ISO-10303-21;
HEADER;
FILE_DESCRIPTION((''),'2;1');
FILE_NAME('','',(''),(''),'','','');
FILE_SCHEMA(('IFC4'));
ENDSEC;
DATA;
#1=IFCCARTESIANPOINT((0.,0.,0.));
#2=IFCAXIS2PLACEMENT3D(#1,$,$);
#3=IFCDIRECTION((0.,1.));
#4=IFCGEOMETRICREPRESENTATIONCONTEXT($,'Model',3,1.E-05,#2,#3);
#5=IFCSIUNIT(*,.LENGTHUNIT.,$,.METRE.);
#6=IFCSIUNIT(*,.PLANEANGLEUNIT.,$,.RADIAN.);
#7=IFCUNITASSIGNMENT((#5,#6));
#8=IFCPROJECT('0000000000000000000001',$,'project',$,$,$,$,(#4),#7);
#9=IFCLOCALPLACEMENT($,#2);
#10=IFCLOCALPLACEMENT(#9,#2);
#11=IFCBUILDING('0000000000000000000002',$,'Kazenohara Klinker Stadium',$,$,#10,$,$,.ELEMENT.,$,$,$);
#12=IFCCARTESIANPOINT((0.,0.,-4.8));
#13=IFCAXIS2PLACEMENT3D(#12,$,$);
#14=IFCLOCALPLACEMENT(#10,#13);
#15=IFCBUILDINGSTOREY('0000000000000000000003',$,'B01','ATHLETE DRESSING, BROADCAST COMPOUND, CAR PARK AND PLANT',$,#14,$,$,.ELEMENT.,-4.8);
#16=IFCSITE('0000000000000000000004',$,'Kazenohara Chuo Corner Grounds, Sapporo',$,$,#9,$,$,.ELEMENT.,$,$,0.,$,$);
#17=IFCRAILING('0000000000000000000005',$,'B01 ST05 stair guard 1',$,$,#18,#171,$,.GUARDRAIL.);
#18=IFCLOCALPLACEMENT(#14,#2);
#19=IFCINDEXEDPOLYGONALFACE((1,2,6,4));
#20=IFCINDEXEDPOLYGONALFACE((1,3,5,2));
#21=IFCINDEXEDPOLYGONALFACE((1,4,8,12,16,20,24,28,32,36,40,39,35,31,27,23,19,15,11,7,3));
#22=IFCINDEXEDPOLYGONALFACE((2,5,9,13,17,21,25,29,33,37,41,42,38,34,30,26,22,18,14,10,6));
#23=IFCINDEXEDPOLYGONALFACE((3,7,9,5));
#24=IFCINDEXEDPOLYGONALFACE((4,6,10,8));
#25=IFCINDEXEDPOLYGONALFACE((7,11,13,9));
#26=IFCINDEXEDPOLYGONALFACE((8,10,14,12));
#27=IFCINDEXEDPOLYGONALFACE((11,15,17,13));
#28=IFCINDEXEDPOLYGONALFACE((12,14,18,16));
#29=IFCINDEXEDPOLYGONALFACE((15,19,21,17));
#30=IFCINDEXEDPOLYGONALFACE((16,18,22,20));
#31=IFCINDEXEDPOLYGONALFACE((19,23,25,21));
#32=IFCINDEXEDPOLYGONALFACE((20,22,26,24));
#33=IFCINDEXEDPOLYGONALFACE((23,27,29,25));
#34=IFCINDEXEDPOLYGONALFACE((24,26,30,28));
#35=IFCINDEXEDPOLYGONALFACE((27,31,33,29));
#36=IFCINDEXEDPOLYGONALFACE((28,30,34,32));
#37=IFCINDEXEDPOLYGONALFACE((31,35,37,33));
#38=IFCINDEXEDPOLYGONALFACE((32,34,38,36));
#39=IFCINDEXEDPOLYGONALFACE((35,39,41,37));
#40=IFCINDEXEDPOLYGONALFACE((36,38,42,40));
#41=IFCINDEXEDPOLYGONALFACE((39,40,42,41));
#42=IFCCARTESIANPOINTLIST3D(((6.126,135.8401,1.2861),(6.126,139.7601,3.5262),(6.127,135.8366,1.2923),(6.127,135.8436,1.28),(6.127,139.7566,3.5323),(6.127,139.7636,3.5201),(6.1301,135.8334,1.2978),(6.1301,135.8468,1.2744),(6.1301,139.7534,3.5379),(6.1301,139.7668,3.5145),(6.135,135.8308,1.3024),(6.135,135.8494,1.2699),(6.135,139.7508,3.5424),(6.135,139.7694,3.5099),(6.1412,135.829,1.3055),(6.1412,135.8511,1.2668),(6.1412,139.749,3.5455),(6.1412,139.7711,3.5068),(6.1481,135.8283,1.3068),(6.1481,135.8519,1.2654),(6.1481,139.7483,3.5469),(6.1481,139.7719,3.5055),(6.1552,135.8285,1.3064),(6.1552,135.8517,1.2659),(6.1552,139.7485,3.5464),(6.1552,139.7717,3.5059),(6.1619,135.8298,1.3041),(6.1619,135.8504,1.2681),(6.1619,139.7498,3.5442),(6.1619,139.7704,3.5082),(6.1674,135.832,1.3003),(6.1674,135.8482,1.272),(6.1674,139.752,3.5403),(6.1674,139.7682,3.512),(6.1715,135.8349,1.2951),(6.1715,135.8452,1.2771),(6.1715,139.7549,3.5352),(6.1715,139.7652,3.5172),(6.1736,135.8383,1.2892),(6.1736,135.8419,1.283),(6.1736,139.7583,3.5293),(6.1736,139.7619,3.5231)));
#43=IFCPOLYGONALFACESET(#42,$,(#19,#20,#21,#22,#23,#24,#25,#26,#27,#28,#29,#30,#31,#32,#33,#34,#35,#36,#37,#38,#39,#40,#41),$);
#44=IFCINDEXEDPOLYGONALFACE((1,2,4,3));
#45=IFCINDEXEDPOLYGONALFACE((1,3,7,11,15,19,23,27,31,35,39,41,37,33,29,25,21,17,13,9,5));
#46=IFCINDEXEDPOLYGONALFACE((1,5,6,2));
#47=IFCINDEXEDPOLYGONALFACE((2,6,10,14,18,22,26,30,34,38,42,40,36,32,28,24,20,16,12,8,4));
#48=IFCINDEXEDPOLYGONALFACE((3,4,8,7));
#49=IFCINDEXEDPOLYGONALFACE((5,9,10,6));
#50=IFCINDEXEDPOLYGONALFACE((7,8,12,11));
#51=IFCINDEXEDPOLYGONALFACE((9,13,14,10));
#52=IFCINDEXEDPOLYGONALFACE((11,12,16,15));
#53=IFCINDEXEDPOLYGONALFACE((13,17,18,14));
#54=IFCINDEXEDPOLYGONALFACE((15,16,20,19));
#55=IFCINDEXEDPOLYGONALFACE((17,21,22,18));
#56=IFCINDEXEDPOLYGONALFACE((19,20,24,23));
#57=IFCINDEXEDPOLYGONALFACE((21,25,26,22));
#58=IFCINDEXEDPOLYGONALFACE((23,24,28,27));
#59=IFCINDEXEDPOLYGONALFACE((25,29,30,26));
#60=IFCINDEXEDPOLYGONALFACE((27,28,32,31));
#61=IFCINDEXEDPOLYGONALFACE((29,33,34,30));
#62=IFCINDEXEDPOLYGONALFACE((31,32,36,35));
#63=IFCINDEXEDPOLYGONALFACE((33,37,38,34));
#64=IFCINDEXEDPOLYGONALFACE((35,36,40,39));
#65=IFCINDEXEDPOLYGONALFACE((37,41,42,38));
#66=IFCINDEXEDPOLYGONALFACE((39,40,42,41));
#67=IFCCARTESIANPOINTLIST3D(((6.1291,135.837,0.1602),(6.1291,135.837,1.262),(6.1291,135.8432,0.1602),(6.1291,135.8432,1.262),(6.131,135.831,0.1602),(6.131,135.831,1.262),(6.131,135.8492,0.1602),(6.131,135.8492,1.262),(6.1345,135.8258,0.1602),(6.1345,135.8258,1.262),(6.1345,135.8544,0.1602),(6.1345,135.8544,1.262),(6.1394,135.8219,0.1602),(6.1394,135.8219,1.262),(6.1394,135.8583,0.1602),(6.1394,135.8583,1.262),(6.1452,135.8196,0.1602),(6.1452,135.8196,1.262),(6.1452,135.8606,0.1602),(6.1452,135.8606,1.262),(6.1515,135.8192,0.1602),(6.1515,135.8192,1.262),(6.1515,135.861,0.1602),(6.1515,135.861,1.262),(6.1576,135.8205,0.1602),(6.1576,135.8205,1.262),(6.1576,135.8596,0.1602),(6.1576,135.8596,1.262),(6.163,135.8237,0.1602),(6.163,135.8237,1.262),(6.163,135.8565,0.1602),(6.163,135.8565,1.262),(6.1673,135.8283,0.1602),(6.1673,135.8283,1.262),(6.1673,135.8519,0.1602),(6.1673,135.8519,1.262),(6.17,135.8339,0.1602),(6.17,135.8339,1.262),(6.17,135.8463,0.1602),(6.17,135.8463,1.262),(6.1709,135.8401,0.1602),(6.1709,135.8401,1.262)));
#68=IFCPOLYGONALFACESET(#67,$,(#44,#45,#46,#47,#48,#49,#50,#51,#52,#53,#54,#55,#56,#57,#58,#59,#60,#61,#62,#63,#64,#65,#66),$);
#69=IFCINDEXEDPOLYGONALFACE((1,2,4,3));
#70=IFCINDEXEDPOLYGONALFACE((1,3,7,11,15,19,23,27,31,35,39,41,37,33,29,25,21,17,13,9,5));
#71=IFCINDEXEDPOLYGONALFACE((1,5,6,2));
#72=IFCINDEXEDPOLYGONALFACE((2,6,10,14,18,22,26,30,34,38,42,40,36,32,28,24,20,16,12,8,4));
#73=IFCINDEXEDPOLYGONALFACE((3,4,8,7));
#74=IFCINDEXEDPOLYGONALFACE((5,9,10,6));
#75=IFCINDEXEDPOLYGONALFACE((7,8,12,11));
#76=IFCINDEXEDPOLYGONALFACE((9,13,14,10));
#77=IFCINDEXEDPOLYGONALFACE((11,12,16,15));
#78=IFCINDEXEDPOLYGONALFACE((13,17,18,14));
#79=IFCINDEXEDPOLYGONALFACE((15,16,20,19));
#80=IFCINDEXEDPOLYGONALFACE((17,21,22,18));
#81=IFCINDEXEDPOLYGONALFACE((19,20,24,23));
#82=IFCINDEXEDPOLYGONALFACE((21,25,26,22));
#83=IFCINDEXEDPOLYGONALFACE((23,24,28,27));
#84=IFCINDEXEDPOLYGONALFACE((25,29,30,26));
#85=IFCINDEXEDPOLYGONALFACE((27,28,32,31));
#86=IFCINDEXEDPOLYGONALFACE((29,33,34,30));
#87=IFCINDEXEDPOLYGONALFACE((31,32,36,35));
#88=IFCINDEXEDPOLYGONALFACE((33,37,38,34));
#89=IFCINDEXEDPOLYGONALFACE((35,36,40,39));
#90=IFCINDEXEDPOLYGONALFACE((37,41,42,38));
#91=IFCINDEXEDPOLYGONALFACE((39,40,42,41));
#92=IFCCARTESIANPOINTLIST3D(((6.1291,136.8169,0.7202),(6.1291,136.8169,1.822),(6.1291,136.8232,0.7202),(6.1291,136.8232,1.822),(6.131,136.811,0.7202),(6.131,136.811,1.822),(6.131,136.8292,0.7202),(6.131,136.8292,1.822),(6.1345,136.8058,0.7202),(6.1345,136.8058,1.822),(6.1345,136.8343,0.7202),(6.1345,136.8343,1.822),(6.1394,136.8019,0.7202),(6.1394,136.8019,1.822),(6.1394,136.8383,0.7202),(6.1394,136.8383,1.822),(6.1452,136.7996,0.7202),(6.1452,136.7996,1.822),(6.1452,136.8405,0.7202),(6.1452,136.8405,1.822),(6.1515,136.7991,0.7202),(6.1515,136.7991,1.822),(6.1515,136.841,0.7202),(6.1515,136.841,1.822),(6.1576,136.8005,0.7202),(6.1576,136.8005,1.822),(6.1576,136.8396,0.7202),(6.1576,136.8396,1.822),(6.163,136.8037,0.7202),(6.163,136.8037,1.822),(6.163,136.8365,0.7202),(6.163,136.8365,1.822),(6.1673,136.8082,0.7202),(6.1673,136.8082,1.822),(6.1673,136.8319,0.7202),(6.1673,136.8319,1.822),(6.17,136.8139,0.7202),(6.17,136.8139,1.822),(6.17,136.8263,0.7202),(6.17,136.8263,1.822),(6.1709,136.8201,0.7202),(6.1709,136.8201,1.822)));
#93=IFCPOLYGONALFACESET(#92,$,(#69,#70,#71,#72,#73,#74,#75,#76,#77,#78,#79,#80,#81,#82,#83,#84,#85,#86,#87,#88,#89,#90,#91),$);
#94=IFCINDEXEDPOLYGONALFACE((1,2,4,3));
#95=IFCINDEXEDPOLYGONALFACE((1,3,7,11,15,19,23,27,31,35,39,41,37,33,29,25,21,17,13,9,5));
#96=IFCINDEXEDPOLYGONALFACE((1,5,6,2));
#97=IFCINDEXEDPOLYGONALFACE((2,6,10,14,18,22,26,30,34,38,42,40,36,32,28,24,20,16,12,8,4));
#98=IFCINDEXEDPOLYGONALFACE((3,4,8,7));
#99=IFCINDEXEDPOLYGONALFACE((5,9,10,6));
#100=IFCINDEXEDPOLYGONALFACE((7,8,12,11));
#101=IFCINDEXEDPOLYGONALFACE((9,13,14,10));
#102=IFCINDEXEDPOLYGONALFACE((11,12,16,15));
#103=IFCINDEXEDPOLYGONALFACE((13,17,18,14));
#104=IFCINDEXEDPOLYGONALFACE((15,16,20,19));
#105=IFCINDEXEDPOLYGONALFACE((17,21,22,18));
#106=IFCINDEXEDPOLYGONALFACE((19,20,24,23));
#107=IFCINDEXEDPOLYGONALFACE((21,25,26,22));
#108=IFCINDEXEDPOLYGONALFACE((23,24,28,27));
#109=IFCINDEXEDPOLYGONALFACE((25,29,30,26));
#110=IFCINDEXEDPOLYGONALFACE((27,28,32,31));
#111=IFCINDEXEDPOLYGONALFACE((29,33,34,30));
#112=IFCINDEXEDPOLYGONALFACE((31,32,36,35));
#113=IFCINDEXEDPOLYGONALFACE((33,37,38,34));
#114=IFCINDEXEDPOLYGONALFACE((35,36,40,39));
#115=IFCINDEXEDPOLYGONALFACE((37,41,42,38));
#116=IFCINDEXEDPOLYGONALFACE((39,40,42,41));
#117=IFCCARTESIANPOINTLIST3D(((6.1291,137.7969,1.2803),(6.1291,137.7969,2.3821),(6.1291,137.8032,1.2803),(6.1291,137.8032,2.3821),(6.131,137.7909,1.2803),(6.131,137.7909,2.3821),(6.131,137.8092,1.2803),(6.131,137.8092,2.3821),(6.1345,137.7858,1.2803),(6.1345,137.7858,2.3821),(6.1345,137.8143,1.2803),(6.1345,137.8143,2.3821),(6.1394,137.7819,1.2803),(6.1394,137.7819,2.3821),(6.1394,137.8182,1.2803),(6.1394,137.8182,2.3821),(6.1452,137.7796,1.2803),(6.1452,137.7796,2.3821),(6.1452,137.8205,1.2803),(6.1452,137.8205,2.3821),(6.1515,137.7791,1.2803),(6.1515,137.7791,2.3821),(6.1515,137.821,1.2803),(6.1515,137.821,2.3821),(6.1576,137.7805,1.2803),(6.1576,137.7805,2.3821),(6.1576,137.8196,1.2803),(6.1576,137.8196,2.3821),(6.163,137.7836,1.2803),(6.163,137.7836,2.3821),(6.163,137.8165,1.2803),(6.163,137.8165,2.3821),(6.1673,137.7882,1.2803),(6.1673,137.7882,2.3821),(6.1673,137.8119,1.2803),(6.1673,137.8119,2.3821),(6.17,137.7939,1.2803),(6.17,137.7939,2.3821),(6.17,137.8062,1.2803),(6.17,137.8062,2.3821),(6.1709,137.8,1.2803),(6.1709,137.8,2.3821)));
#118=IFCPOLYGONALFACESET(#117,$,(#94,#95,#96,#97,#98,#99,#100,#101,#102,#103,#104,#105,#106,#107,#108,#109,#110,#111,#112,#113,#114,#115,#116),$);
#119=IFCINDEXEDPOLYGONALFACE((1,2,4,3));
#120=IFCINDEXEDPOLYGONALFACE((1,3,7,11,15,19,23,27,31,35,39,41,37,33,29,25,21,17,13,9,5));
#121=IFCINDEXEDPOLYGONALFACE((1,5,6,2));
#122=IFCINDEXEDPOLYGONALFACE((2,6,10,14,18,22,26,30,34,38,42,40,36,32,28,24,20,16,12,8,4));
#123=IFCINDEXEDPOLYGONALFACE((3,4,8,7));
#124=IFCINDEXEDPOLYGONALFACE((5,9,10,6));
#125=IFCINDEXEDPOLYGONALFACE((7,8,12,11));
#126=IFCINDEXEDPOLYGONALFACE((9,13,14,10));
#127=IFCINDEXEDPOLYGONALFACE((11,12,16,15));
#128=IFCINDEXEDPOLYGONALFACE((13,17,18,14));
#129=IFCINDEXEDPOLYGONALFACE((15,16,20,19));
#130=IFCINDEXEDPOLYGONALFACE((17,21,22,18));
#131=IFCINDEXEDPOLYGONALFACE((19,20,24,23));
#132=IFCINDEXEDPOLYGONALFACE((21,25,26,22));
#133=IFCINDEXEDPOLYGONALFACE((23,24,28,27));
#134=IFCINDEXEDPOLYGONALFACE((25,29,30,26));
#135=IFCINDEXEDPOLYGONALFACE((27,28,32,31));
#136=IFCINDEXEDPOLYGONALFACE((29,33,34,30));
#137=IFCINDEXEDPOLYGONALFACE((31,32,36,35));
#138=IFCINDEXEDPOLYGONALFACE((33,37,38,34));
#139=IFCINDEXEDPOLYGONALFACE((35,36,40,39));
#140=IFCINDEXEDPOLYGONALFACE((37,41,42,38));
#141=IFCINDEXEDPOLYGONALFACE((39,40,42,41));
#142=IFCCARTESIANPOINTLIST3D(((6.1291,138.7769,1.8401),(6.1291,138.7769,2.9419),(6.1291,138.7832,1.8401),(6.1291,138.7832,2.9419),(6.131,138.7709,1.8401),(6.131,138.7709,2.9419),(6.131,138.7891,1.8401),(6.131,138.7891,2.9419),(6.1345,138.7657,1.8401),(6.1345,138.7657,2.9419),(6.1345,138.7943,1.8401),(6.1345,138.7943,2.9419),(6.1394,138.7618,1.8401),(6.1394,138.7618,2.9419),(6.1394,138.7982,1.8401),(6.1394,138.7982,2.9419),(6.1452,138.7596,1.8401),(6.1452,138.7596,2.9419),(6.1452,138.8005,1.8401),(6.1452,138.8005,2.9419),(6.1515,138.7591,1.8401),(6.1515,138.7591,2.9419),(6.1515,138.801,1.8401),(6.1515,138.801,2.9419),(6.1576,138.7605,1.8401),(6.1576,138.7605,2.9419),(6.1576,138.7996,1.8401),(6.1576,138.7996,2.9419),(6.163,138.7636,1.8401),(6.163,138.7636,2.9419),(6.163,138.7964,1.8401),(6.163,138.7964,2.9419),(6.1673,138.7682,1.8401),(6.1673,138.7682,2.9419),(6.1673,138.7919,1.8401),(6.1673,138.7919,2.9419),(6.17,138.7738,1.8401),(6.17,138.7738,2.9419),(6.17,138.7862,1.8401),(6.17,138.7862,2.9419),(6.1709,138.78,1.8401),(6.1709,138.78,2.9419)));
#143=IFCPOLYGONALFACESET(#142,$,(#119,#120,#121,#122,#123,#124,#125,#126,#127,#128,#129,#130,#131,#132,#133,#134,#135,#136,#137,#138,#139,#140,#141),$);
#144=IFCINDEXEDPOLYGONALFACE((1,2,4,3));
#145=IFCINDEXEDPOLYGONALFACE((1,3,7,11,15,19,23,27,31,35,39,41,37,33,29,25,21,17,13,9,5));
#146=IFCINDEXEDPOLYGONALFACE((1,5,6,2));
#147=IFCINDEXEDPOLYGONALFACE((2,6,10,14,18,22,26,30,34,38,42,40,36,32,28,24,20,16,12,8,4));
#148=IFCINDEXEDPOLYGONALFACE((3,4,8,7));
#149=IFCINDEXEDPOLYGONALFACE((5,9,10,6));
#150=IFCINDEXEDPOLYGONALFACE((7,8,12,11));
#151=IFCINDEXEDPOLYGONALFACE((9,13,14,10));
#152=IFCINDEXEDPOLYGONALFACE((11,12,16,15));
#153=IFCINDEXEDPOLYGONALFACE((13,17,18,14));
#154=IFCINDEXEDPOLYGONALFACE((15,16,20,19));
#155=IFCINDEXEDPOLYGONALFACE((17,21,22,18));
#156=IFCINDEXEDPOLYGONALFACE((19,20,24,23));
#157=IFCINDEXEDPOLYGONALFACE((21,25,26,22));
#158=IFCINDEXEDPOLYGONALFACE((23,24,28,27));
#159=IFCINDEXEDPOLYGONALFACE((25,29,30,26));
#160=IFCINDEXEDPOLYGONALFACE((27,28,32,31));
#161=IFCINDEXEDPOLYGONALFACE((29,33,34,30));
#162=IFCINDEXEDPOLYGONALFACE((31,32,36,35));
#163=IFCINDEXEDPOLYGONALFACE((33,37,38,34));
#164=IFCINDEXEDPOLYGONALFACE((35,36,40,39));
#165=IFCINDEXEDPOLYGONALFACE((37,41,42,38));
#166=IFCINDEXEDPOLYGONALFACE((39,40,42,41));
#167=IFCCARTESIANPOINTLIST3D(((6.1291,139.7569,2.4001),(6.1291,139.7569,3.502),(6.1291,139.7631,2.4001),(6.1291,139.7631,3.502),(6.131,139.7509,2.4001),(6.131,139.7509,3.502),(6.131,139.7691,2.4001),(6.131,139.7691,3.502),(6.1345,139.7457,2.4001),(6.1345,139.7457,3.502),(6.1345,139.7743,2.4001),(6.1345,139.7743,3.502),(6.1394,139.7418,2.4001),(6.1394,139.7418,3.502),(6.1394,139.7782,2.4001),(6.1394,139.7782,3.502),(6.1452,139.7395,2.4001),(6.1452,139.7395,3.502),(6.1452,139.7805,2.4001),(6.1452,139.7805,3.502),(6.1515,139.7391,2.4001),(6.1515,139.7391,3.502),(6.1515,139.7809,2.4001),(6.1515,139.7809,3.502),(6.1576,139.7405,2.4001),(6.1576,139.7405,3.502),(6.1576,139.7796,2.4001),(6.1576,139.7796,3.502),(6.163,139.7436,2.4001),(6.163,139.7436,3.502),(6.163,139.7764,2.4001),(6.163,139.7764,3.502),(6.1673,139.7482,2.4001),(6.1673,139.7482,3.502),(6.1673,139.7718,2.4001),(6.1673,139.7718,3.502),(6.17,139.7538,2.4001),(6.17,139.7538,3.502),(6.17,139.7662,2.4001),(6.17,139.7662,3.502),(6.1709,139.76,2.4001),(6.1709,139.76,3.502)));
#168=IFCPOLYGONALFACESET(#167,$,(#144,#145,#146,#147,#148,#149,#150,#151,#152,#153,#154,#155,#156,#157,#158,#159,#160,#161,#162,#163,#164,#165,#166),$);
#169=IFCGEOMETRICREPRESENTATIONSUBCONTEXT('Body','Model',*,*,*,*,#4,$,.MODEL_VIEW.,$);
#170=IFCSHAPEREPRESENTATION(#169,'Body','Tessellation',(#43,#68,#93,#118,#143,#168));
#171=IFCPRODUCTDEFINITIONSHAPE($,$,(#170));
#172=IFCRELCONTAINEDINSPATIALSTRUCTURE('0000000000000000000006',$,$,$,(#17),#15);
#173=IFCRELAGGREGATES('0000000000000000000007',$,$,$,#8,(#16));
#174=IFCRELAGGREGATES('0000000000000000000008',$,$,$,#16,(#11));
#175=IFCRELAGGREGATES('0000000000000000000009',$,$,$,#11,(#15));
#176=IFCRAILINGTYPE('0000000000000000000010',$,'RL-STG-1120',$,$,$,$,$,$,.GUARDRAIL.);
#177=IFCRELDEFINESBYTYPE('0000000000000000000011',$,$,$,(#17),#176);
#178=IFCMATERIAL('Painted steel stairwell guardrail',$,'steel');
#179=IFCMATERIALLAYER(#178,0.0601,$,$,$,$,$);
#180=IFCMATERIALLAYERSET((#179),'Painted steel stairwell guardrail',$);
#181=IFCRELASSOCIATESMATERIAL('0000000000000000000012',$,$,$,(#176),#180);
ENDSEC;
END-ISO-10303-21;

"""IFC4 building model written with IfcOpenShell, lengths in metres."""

from ifc_helpers import new_model, si_unit, direction, frame, origin, origin_2d, place, context, subcontext, project, spatial, circle, extrude, material, layer, layer_set, type_object, element, save


model = new_model("IFC4")

# Units and contexts
model_context = context("Model", 3, precision=1e-05, world=origin(), true_north=direction((0.0, 1.0)))
body_context = subcontext(model_context, "Body", "Model", "MODEL_VIEW")
ifc_project = project(units=[si_unit("LENGTHUNIT", "METRE"), si_unit("PLANEANGLEUNIT", "RADIAN")], contexts=[model_context])

# Site, building, storey
site_placement = place(None, origin())
site = spatial("IfcSite", under=ifc_project, at=site_placement, Name="Kazenohara Chuo Corner Grounds, Sapporo", CompositionType="ELEMENT", RefElevation=0.0)
building_placement = place(site_placement, origin())
building = spatial("IfcBuilding", under=site, at=building_placement, Name="Kazenohara Klinker Stadium", CompositionType="ELEMENT")
storey_placement = place(building_placement, frame((0.0, 0.0, -4.8)))
storey = spatial("IfcBuildingStorey", under=building, at=storey_placement, Name="B01", Description="ATHLETE DRESSING, BROADCAST COMPOUND, CAR PARK AND PLANT", CompositionType="ELEMENT", Elevation=-4.8)

# Railing
ifc_material_1 = material(Name="Painted steel stairwell guardrail", Category="steel")
ifc_layer_1 = layer(ifc_material_1, 0.0601)
ifc_layer_set_1 = layer_set([ifc_layer_1], Name="Painted steel stairwell guardrail")
railing_type_1 = type_object("IfcRailingType", Name="RL-STG-1120", PredefinedType="GUARDRAIL", material=ifc_layer_set_1)
railing_1_placement = place(storey_placement, frame((6.1499, 135.8401, 0.1602)))
element("IfcRailing", 1, at=railing_1_placement, inside=storey, type_object=railing_type_1, Name="B01 ST05 stair guard 1", PredefinedType="GUARDRAIL", context=body_context, shape_type="SweptSolid", body=[
    extrude(circle(Radius=0.0239, at=origin_2d()), frame((0.0, 0.0, 1.126), z_axis=(0.0, 0.86824, 0.496145), x_axis=(-1.0, 0.0, 0.0)), (0.0, 0.0, 1.0), 4.5149),
    extrude(circle(Radius=0.021, at=origin_2d()), origin(), (0.0, 0.0, 1.0), 1.1018),
    extrude(circle(Radius=0.021, at=origin_2d()), frame((0.0, 0.98, 0.5601)), (0.0, 0.0, 1.0), 1.1018),
    extrude(circle(Radius=0.021, at=origin_2d()), frame((0.0, 1.96, 1.1201)), (0.0, 0.0, 1.0), 1.1018),
    extrude(circle(Radius=0.021, at=origin_2d()), frame((0.0, 2.9399, 1.6799)), (0.0, 0.0, 1.0), 1.1018),
    extrude(circle(Radius=0.021, at=origin_2d()), frame((0.0, 3.9199, 2.24)), (0.0, 0.0, 1.0), 1.1018),
])

save(model, "model.ifc")
